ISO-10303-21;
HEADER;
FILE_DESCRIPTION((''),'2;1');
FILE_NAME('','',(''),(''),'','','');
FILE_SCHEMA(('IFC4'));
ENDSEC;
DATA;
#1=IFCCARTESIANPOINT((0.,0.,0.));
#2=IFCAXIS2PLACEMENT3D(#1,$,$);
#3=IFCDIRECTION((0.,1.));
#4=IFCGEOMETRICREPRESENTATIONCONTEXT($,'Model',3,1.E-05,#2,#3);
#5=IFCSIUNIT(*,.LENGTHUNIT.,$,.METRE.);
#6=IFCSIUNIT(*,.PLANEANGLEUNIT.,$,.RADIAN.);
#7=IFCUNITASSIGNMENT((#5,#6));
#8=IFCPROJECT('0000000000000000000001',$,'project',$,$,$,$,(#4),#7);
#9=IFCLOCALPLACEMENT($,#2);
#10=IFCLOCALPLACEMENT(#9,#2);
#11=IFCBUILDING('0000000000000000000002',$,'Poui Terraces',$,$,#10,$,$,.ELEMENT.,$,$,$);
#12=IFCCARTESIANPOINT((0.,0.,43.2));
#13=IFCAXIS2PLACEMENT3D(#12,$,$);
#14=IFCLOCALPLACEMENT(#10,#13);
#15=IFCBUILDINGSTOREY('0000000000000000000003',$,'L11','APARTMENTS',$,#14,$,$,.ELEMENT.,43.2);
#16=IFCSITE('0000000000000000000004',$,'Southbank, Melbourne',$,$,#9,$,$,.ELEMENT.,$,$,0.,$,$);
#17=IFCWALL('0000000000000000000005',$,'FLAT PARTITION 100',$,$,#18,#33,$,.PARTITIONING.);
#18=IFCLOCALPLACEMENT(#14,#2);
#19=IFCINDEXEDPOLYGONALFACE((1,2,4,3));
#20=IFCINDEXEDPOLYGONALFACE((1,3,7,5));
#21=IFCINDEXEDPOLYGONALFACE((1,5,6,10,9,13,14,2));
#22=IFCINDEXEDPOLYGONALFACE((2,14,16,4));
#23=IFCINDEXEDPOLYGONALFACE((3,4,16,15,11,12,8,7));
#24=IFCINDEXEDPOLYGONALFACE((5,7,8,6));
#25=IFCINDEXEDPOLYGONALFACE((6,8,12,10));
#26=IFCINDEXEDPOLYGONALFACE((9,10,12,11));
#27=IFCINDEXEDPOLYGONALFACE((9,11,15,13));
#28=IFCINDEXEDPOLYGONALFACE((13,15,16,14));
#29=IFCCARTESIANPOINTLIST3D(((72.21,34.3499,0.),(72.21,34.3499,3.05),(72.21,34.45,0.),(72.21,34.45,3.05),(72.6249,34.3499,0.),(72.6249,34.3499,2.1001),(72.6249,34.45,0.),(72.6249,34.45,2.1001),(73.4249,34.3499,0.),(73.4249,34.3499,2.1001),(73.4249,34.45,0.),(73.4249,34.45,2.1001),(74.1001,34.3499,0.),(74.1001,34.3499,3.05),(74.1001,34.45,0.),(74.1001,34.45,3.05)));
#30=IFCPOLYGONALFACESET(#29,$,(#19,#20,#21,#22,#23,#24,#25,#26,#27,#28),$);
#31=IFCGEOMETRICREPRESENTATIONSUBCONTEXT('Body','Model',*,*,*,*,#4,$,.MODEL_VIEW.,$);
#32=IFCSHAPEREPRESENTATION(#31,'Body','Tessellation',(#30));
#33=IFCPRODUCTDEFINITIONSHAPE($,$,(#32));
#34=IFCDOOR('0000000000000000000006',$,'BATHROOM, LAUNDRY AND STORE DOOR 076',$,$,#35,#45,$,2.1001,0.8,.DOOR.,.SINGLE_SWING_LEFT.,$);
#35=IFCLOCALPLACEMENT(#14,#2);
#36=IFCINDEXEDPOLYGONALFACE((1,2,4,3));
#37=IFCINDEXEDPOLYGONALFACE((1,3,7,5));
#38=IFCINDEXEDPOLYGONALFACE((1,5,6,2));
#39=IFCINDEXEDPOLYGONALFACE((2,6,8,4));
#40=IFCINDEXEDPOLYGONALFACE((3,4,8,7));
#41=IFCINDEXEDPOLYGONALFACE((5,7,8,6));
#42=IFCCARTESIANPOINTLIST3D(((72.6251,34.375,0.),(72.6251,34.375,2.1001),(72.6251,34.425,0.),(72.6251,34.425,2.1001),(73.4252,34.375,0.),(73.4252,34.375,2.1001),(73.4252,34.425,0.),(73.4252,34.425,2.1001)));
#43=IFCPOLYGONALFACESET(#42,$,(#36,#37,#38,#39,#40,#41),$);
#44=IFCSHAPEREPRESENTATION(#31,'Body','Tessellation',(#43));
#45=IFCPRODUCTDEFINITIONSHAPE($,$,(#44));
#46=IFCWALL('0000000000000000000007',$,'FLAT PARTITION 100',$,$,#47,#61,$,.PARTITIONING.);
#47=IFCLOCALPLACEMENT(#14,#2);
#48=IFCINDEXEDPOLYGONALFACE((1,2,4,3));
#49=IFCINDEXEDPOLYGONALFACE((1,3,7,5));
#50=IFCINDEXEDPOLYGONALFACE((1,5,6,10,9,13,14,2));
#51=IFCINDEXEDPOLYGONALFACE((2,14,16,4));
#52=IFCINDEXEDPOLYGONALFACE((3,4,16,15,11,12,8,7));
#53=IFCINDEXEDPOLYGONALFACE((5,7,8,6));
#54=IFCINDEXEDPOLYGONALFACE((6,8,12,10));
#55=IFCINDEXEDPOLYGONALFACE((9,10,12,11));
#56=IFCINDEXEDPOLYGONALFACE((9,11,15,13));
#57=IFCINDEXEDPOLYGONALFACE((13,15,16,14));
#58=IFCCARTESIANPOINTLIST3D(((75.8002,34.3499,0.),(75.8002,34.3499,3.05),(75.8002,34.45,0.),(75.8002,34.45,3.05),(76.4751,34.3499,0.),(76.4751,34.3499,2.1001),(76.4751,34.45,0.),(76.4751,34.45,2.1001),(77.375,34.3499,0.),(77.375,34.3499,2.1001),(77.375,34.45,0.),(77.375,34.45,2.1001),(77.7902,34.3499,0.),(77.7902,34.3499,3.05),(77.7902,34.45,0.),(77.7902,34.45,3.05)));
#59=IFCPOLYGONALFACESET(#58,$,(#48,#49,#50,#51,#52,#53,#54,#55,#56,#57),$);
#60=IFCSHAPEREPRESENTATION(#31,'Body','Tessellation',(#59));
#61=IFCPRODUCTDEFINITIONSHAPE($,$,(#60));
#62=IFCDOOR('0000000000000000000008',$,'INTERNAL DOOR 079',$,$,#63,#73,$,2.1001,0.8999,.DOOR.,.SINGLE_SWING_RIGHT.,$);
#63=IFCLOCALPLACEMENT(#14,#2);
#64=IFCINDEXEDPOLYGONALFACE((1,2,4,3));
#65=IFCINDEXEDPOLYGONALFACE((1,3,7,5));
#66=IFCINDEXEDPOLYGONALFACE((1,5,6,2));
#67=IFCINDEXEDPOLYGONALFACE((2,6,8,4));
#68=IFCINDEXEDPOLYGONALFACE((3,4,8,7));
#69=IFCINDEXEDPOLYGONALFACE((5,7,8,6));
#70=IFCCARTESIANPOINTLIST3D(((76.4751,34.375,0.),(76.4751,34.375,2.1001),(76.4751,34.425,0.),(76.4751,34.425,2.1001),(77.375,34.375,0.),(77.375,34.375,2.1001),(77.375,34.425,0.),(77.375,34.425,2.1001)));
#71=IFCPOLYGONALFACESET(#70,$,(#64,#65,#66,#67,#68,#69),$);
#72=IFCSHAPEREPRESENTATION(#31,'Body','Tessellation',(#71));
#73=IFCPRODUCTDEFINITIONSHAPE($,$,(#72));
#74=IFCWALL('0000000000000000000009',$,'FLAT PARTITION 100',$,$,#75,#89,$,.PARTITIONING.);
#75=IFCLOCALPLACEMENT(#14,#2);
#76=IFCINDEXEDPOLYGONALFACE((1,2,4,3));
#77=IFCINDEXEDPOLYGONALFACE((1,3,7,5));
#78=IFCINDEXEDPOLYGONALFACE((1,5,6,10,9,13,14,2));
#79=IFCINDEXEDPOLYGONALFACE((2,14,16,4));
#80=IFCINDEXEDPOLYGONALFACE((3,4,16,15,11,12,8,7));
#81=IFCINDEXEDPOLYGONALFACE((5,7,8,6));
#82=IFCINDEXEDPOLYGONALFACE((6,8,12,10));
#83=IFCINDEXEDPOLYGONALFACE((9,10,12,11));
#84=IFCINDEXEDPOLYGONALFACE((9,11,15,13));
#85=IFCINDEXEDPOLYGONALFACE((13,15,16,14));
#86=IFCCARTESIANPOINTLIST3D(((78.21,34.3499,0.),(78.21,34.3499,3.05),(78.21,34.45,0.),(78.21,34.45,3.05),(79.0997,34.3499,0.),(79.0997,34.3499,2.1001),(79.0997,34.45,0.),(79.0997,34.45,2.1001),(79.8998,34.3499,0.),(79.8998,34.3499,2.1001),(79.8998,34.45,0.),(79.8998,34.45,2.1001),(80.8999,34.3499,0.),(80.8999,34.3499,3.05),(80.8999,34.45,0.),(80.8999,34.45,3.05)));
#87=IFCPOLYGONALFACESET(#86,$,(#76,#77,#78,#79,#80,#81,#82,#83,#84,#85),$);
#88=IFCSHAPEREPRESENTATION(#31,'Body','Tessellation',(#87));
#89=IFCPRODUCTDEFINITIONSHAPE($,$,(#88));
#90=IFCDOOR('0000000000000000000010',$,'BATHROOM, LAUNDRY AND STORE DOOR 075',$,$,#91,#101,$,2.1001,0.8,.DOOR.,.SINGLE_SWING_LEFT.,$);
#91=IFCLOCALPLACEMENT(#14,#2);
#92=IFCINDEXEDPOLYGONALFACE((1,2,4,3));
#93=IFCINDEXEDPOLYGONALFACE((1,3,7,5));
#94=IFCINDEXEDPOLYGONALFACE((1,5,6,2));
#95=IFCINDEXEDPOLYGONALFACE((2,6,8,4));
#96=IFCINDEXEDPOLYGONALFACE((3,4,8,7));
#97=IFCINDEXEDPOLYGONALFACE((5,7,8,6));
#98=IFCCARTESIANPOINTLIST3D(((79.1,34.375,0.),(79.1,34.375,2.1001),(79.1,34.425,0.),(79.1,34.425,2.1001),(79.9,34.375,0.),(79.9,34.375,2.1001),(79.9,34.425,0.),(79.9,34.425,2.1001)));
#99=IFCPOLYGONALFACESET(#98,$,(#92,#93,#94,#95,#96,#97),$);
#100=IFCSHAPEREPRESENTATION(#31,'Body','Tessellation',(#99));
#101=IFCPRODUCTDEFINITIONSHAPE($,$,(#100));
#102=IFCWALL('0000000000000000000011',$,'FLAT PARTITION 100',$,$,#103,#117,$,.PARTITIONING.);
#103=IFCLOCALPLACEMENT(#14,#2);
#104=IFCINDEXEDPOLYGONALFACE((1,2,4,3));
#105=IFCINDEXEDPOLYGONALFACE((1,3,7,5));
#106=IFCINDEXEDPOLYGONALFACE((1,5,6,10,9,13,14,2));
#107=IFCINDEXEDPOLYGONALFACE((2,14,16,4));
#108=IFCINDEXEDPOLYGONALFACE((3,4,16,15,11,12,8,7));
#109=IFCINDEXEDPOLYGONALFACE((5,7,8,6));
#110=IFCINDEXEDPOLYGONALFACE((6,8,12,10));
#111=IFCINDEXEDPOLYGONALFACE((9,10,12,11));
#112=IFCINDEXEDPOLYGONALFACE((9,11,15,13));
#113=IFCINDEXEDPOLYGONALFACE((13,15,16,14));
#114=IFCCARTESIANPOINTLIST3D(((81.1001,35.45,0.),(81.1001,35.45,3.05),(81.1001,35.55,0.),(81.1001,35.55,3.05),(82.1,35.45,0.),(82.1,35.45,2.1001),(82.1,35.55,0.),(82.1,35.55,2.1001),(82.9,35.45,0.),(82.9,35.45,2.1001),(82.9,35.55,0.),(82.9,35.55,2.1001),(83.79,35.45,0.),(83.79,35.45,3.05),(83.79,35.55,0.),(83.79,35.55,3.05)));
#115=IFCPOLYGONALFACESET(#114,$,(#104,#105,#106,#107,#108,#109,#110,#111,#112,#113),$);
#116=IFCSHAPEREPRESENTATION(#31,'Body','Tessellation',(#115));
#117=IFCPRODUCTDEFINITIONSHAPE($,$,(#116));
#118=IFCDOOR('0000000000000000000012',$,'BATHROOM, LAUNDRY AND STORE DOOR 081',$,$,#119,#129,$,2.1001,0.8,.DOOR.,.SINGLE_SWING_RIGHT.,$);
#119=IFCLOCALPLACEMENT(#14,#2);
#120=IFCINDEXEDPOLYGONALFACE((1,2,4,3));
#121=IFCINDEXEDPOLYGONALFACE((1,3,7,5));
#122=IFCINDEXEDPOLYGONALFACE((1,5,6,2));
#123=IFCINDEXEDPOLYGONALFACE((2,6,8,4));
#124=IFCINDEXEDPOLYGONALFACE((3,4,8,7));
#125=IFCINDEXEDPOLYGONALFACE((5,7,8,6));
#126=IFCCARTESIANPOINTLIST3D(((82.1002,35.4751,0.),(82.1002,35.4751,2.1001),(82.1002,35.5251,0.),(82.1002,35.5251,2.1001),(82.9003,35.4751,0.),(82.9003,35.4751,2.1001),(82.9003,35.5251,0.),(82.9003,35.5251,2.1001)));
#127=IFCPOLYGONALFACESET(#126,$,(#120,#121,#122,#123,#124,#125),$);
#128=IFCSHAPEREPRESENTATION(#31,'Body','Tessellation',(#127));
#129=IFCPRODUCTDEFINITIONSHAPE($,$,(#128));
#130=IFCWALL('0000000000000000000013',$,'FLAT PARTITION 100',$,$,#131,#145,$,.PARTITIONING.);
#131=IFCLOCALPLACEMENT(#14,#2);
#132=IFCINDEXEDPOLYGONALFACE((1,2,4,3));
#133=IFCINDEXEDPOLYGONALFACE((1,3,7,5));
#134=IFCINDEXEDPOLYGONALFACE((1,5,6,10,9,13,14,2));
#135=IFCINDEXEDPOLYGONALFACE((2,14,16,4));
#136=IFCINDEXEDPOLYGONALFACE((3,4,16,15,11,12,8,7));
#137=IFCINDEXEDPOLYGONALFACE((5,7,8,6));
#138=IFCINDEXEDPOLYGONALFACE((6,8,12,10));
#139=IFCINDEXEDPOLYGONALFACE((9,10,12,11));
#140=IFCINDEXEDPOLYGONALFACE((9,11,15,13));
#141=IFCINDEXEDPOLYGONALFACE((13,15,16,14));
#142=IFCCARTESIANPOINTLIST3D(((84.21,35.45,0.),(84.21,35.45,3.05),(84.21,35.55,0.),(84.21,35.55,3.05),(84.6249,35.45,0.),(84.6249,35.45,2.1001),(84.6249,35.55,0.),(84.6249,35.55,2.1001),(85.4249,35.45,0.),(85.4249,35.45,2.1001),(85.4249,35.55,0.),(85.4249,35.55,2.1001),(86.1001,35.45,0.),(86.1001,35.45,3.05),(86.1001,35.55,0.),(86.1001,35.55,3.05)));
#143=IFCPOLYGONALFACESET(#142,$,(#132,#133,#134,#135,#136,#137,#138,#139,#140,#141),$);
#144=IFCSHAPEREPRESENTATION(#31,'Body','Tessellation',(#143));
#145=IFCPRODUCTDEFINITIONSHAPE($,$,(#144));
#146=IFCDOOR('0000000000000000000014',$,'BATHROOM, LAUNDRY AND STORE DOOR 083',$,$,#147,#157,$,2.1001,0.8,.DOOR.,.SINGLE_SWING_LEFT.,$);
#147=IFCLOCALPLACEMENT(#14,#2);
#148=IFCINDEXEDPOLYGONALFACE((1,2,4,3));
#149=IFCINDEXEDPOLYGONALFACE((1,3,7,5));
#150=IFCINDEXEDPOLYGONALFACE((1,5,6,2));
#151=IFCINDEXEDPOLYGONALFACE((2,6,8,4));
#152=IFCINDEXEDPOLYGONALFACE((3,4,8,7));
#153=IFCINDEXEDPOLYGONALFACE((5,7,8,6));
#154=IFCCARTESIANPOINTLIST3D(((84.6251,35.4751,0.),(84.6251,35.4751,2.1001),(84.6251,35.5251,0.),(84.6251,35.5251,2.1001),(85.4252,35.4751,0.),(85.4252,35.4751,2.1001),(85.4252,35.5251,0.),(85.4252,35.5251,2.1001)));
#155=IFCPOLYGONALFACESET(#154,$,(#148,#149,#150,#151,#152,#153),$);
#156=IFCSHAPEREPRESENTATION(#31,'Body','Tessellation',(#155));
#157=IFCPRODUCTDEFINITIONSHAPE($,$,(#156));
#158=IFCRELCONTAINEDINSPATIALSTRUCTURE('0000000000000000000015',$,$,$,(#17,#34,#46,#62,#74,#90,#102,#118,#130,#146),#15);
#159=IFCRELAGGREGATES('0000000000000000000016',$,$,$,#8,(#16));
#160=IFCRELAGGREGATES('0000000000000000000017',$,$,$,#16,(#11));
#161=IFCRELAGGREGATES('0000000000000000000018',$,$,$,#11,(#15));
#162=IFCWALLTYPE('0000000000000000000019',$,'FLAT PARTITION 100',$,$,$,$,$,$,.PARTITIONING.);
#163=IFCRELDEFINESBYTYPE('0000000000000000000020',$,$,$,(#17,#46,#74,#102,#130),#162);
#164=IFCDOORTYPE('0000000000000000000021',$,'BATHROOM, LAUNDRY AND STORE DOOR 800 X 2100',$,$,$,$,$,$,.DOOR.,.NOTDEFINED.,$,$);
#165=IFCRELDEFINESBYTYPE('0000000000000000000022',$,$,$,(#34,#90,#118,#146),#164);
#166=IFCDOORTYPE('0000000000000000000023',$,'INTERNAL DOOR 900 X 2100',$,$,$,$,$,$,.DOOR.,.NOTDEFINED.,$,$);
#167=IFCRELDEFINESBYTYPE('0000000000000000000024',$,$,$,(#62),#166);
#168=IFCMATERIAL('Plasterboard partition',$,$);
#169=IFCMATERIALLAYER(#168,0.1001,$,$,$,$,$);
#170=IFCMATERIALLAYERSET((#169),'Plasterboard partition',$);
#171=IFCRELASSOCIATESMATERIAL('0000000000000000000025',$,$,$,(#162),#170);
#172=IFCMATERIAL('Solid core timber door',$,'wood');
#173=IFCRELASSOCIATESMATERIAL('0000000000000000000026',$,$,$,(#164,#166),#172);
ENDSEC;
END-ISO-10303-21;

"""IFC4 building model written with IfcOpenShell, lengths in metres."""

from ifc_helpers import new_model, si_unit, direction, frame, frame_2d, origin, place, context, subcontext, project, spatial, rectangle, extrude, material, layer, layer_set, type_object, element, fill, save


model = new_model("IFC4")

# Units and contexts
model_context = context("Model", 3, precision=1e-05, world=origin(), true_north=direction((0.0, 1.0)))
body_context = subcontext(model_context, "Body", "Model", "MODEL_VIEW")
ifc_project = project(units=[si_unit("LENGTHUNIT", "METRE"), si_unit("PLANEANGLEUNIT", "RADIAN")], contexts=[model_context])

# Site, building, storey
site_placement = place(None, origin())
site = spatial("IfcSite", under=ifc_project, at=site_placement, Name="Southbank, Melbourne", CompositionType="ELEMENT", RefElevation=0.0)
building_placement = place(site_placement, origin())
building = spatial("IfcBuilding", under=site, at=building_placement, Name="Poui Terraces", CompositionType="ELEMENT")
storey_placement = place(building_placement, frame((0.0, 0.0, 43.2)))
storey = spatial("IfcBuildingStorey", under=building, at=storey_placement, Name="L11", Description="APARTMENTS", CompositionType="ELEMENT", Elevation=43.2)

# Walls, openings, doors
ifc_material_1 = material(Name="Plasterboard partition")
ifc_layer_1 = layer(ifc_material_1, 0.1001)
ifc_layer_set_1 = layer_set([ifc_layer_1], Name="Plasterboard partition")
wall_type_1 = type_object("IfcWallType", Name="FLAT PARTITION 100", PredefinedType="PARTITIONING", material=ifc_layer_set_1)
wall_1_placement = place(storey_placement, frame((72.21, 34.3999, 0.0), z_axis=(0.0, 0.0, 1.0), x_axis=(1.0, 0.0, 0.0)))
wall_1 = element("IfcWall", 1, at=wall_1_placement, inside=storey, type_object=wall_type_1, Name="FLAT PARTITION 100", PredefinedType="PARTITIONING", context=body_context, shape_type="SweptSolid", body=[
    extrude(rectangle(XDim=1.8901, YDim=0.1001, at=frame_2d((0.9451, 0.0))), origin(), (0.0, 0.0, 1.0), 3.05),
])
opening_1_placement = place(wall_1_placement, frame((0.415, 0.0, 0.0)))
opening_1 = element("IfcOpeningElement", 2, at=opening_1_placement, cuts=wall_1, PredefinedType="OPENING", context=body_context, shape_type="SweptSolid", body=[
    extrude(rectangle(XDim=0.8, YDim=2.1001, at=frame_2d((0.3999, 1.05))), frame((0.0, 0.0601, 0.0), z_axis=(0.0, -1.0, 0.0), x_axis=(1.0, 0.0, 0.0)), (0.0, 0.0, 1.0), 0.1201),
])
ifc_material_2 = material(Name="Solid core timber door", Category="wood")
door_type_1 = type_object("IfcDoorType", Name="BATHROOM, LAUNDRY AND STORE DOOR 800 X 2100", OperationType="NOTDEFINED", PredefinedType="DOOR", material=ifc_material_2)
door_1_placement = place(opening_1_placement, frame((0.8, 0.0, 0.0), z_axis=(0.0, 0.0, 1.0), x_axis=(-1.0, 0.0, 0.0)))
door_1 = element("IfcDoor", 3, at=door_1_placement, inside=storey, type_object=door_type_1, Name="BATHROOM, LAUNDRY AND STORE DOOR 076", OperationType="SINGLE_SWING_LEFT", OverallHeight=2.1001, OverallWidth=0.8, PredefinedType="DOOR", context=body_context, shape_type="SweptSolid", body=[
    extrude(rectangle(XDim=0.8, YDim=2.1001, at=frame_2d((0.3999, 1.05))), frame((0.0, 0.0249, 0.0), z_axis=(0.0, -1.0, 0.0), x_axis=(1.0, 0.0, 0.0)), (0.0, 0.0, 1.0), 0.05),
])
fill(opening_1, door_1)
wall_2_placement = place(storey_placement, frame((75.8, 34.3999, 0.0), z_axis=(0.0, 0.0, 1.0), x_axis=(1.0, 0.0, 0.0)))
wall_2 = element("IfcWall", 4, at=wall_2_placement, inside=storey, type_object=wall_type_1, Name="FLAT PARTITION 100", PredefinedType="PARTITIONING", context=body_context, shape_type="SweptSolid", body=[
    extrude(rectangle(XDim=1.99, YDim=0.1001, at=frame_2d((0.9951, 0.0))), origin(), (0.0, 0.0, 1.0), 3.05),
])
opening_2_placement = place(wall_2_placement, frame((0.675, 0.0, 0.0)))
opening_2 = element("IfcOpeningElement", 5, at=opening_2_placement, cuts=wall_2, PredefinedType="OPENING", context=body_context, shape_type="SweptSolid", body=[
    extrude(rectangle(XDim=0.8999, YDim=2.1001, at=frame_2d((0.45, 1.05))), frame((0.0, 0.0601, 0.0), z_axis=(0.0, -1.0, 0.0), x_axis=(1.0, 0.0, 0.0)), (0.0, 0.0, 1.0), 0.1201),
])
door_type_2 = type_object("IfcDoorType", Name="INTERNAL DOOR 900 X 2100", OperationType="NOTDEFINED", PredefinedType="DOOR", material=ifc_material_2)
door_2_placement = place(opening_2_placement, frame((0.8999, 0.0, 0.0), z_axis=(0.0, 0.0, 1.0), x_axis=(-1.0, 0.0, 0.0)))
door_2 = element("IfcDoor", 6, at=door_2_placement, inside=storey, type_object=door_type_2, Name="INTERNAL DOOR 079", OperationType="SINGLE_SWING_RIGHT", OverallHeight=2.1001, OverallWidth=0.8999, PredefinedType="DOOR", context=body_context, shape_type="SweptSolid", body=[
    extrude(rectangle(XDim=0.8999, YDim=2.1001, at=frame_2d((0.45, 1.05))), frame((0.0, 0.0249, 0.0), z_axis=(0.0, -1.0, 0.0), x_axis=(1.0, 0.0, 0.0)), (0.0, 0.0, 1.0), 0.05),
])
fill(opening_2, door_2)
wall_3_placement = place(storey_placement, frame((78.21, 34.3999, 0.0), z_axis=(0.0, 0.0, 1.0), x_axis=(1.0, 0.0, 0.0)))
wall_3 = element("IfcWall", 7, at=wall_3_placement, inside=storey, type_object=wall_type_1, Name="FLAT PARTITION 100", PredefinedType="PARTITIONING", context=body_context, shape_type="SweptSolid", body=[
    extrude(rectangle(XDim=2.6899, YDim=0.1001, at=frame_2d((1.345, 0.0))), origin(), (0.0, 0.0, 1.0), 3.05),
])
opening_3_placement = place(wall_3_placement, frame((0.8899, 0.0, 0.0)))
opening_3 = element("IfcOpeningElement", 8, at=opening_3_placement, cuts=wall_3, PredefinedType="OPENING", context=body_context, shape_type="SweptSolid", body=[
    extrude(rectangle(XDim=0.8, YDim=2.1001, at=frame_2d((0.3999, 1.05))), frame((0.0, 0.0601, 0.0), z_axis=(0.0, -1.0, 0.0), x_axis=(1.0, 0.0, 0.0)), (0.0, 0.0, 1.0), 0.1201),
])
door_3_placement = place(opening_3_placement, frame((0.8, 0.0, 0.0), z_axis=(0.0, 0.0, 1.0), x_axis=(-1.0, 0.0, 0.0)))
door_3 = element("IfcDoor", 9, at=door_3_placement, inside=storey, type_object=door_type_1, Name="BATHROOM, LAUNDRY AND STORE DOOR 075", OperationType="SINGLE_SWING_LEFT", OverallHeight=2.1001, OverallWidth=0.8, PredefinedType="DOOR", context=body_context, shape_type="SweptSolid", body=[
    extrude(rectangle(XDim=0.8, YDim=2.1001, at=frame_2d((0.3999, 1.05))), frame((0.0, 0.0249, 0.0), z_axis=(0.0, -1.0, 0.0), x_axis=(1.0, 0.0, 0.0)), (0.0, 0.0, 1.0), 0.05),
])
fill(opening_3, door_3)
wall_4_placement = place(storey_placement, frame((81.1001, 35.5, 0.0), z_axis=(0.0, 0.0, 1.0), x_axis=(1.0, 0.0, 0.0)))
wall_4 = element("IfcWall", 10, at=wall_4_placement, inside=storey, type_object=wall_type_1, Name="FLAT PARTITION 100", PredefinedType="PARTITIONING", context=body_context, shape_type="SweptSolid", body=[
    extrude(rectangle(XDim=2.6899, YDim=0.1001, at=frame_2d((1.345, 0.0))), origin(), (0.0, 0.0, 1.0), 3.05),
])
opening_4_placement = place(wall_4_placement, frame((1.0, 0.0, 0.0)))
opening_4 = element("IfcOpeningElement", 11, at=opening_4_placement, cuts=wall_4, PredefinedType="OPENING", context=body_context, shape_type="SweptSolid", body=[
    extrude(rectangle(XDim=0.8, YDim=2.1001, at=frame_2d((0.3999, 1.05))), frame((0.0, 0.0601, 0.0), z_axis=(0.0, -1.0, 0.0), x_axis=(1.0, 0.0, 0.0)), (0.0, 0.0, 1.0), 0.1201),
])
door_4_placement = place(opening_4_placement, frame((0.8, 0.0, 0.0), z_axis=(0.0, 0.0, 1.0), x_axis=(-1.0, 0.0, 0.0)))
door_4 = element("IfcDoor", 12, at=door_4_placement, inside=storey, type_object=door_type_1, Name="BATHROOM, LAUNDRY AND STORE DOOR 081", OperationType="SINGLE_SWING_RIGHT", OverallHeight=2.1001, OverallWidth=0.8, PredefinedType="DOOR", context=body_context, shape_type="SweptSolid", body=[
    extrude(rectangle(XDim=0.8, YDim=2.1001, at=frame_2d((0.3999, 1.05))), frame((0.0, 0.0249, 0.0), z_axis=(0.0, -1.0, 0.0), x_axis=(1.0, 0.0, 0.0)), (0.0, 0.0, 1.0), 0.05),
])
fill(opening_4, door_4)
wall_5_placement = place(storey_placement, frame((84.21, 35.5, 0.0), z_axis=(0.0, 0.0, 1.0), x_axis=(1.0, 0.0, 0.0)))
wall_5 = element("IfcWall", 13, at=wall_5_placement, inside=storey, type_object=wall_type_1, Name="FLAT PARTITION 100", PredefinedType="PARTITIONING", context=body_context, shape_type="SweptSolid", body=[
    extrude(rectangle(XDim=1.8901, YDim=0.1001, at=frame_2d((0.9451, 0.0))), origin(), (0.0, 0.0, 1.0), 3.05),
])
opening_5_placement = place(wall_5_placement, frame((0.415, 0.0, 0.0)))
opening_5 = element("IfcOpeningElement", 14, at=opening_5_placement, cuts=wall_5, PredefinedType="OPENING", context=body_context, shape_type="SweptSolid", body=[
    extrude(rectangle(XDim=0.8, YDim=2.1001, at=frame_2d((0.3999, 1.05))), frame((0.0, 0.0601, 0.0), z_axis=(0.0, -1.0, 0.0), x_axis=(1.0, 0.0, 0.0)), (0.0, 0.0, 1.0), 0.1201),
])
door_5_placement = place(opening_5_placement, frame((0.8, 0.0, 0.0), z_axis=(0.0, 0.0, 1.0), x_axis=(-1.0, 0.0, 0.0)))
door_5 = element("IfcDoor", 15, at=door_5_placement, inside=storey, type_object=door_type_1, Name="BATHROOM, LAUNDRY AND STORE DOOR 083", OperationType="SINGLE_SWING_LEFT", OverallHeight=2.1001, OverallWidth=0.8, PredefinedType="DOOR", context=body_context, shape_type="SweptSolid", body=[
    extrude(rectangle(XDim=0.8, YDim=2.1001, at=frame_2d((0.3999, 1.05))), frame((0.0, 0.0249, 0.0), z_axis=(0.0, -1.0, 0.0), x_axis=(1.0, 0.0, 0.0)), (0.0, 0.0, 1.0), 0.05),
])
fill(opening_5, door_5)

save(model, "model.ifc")
